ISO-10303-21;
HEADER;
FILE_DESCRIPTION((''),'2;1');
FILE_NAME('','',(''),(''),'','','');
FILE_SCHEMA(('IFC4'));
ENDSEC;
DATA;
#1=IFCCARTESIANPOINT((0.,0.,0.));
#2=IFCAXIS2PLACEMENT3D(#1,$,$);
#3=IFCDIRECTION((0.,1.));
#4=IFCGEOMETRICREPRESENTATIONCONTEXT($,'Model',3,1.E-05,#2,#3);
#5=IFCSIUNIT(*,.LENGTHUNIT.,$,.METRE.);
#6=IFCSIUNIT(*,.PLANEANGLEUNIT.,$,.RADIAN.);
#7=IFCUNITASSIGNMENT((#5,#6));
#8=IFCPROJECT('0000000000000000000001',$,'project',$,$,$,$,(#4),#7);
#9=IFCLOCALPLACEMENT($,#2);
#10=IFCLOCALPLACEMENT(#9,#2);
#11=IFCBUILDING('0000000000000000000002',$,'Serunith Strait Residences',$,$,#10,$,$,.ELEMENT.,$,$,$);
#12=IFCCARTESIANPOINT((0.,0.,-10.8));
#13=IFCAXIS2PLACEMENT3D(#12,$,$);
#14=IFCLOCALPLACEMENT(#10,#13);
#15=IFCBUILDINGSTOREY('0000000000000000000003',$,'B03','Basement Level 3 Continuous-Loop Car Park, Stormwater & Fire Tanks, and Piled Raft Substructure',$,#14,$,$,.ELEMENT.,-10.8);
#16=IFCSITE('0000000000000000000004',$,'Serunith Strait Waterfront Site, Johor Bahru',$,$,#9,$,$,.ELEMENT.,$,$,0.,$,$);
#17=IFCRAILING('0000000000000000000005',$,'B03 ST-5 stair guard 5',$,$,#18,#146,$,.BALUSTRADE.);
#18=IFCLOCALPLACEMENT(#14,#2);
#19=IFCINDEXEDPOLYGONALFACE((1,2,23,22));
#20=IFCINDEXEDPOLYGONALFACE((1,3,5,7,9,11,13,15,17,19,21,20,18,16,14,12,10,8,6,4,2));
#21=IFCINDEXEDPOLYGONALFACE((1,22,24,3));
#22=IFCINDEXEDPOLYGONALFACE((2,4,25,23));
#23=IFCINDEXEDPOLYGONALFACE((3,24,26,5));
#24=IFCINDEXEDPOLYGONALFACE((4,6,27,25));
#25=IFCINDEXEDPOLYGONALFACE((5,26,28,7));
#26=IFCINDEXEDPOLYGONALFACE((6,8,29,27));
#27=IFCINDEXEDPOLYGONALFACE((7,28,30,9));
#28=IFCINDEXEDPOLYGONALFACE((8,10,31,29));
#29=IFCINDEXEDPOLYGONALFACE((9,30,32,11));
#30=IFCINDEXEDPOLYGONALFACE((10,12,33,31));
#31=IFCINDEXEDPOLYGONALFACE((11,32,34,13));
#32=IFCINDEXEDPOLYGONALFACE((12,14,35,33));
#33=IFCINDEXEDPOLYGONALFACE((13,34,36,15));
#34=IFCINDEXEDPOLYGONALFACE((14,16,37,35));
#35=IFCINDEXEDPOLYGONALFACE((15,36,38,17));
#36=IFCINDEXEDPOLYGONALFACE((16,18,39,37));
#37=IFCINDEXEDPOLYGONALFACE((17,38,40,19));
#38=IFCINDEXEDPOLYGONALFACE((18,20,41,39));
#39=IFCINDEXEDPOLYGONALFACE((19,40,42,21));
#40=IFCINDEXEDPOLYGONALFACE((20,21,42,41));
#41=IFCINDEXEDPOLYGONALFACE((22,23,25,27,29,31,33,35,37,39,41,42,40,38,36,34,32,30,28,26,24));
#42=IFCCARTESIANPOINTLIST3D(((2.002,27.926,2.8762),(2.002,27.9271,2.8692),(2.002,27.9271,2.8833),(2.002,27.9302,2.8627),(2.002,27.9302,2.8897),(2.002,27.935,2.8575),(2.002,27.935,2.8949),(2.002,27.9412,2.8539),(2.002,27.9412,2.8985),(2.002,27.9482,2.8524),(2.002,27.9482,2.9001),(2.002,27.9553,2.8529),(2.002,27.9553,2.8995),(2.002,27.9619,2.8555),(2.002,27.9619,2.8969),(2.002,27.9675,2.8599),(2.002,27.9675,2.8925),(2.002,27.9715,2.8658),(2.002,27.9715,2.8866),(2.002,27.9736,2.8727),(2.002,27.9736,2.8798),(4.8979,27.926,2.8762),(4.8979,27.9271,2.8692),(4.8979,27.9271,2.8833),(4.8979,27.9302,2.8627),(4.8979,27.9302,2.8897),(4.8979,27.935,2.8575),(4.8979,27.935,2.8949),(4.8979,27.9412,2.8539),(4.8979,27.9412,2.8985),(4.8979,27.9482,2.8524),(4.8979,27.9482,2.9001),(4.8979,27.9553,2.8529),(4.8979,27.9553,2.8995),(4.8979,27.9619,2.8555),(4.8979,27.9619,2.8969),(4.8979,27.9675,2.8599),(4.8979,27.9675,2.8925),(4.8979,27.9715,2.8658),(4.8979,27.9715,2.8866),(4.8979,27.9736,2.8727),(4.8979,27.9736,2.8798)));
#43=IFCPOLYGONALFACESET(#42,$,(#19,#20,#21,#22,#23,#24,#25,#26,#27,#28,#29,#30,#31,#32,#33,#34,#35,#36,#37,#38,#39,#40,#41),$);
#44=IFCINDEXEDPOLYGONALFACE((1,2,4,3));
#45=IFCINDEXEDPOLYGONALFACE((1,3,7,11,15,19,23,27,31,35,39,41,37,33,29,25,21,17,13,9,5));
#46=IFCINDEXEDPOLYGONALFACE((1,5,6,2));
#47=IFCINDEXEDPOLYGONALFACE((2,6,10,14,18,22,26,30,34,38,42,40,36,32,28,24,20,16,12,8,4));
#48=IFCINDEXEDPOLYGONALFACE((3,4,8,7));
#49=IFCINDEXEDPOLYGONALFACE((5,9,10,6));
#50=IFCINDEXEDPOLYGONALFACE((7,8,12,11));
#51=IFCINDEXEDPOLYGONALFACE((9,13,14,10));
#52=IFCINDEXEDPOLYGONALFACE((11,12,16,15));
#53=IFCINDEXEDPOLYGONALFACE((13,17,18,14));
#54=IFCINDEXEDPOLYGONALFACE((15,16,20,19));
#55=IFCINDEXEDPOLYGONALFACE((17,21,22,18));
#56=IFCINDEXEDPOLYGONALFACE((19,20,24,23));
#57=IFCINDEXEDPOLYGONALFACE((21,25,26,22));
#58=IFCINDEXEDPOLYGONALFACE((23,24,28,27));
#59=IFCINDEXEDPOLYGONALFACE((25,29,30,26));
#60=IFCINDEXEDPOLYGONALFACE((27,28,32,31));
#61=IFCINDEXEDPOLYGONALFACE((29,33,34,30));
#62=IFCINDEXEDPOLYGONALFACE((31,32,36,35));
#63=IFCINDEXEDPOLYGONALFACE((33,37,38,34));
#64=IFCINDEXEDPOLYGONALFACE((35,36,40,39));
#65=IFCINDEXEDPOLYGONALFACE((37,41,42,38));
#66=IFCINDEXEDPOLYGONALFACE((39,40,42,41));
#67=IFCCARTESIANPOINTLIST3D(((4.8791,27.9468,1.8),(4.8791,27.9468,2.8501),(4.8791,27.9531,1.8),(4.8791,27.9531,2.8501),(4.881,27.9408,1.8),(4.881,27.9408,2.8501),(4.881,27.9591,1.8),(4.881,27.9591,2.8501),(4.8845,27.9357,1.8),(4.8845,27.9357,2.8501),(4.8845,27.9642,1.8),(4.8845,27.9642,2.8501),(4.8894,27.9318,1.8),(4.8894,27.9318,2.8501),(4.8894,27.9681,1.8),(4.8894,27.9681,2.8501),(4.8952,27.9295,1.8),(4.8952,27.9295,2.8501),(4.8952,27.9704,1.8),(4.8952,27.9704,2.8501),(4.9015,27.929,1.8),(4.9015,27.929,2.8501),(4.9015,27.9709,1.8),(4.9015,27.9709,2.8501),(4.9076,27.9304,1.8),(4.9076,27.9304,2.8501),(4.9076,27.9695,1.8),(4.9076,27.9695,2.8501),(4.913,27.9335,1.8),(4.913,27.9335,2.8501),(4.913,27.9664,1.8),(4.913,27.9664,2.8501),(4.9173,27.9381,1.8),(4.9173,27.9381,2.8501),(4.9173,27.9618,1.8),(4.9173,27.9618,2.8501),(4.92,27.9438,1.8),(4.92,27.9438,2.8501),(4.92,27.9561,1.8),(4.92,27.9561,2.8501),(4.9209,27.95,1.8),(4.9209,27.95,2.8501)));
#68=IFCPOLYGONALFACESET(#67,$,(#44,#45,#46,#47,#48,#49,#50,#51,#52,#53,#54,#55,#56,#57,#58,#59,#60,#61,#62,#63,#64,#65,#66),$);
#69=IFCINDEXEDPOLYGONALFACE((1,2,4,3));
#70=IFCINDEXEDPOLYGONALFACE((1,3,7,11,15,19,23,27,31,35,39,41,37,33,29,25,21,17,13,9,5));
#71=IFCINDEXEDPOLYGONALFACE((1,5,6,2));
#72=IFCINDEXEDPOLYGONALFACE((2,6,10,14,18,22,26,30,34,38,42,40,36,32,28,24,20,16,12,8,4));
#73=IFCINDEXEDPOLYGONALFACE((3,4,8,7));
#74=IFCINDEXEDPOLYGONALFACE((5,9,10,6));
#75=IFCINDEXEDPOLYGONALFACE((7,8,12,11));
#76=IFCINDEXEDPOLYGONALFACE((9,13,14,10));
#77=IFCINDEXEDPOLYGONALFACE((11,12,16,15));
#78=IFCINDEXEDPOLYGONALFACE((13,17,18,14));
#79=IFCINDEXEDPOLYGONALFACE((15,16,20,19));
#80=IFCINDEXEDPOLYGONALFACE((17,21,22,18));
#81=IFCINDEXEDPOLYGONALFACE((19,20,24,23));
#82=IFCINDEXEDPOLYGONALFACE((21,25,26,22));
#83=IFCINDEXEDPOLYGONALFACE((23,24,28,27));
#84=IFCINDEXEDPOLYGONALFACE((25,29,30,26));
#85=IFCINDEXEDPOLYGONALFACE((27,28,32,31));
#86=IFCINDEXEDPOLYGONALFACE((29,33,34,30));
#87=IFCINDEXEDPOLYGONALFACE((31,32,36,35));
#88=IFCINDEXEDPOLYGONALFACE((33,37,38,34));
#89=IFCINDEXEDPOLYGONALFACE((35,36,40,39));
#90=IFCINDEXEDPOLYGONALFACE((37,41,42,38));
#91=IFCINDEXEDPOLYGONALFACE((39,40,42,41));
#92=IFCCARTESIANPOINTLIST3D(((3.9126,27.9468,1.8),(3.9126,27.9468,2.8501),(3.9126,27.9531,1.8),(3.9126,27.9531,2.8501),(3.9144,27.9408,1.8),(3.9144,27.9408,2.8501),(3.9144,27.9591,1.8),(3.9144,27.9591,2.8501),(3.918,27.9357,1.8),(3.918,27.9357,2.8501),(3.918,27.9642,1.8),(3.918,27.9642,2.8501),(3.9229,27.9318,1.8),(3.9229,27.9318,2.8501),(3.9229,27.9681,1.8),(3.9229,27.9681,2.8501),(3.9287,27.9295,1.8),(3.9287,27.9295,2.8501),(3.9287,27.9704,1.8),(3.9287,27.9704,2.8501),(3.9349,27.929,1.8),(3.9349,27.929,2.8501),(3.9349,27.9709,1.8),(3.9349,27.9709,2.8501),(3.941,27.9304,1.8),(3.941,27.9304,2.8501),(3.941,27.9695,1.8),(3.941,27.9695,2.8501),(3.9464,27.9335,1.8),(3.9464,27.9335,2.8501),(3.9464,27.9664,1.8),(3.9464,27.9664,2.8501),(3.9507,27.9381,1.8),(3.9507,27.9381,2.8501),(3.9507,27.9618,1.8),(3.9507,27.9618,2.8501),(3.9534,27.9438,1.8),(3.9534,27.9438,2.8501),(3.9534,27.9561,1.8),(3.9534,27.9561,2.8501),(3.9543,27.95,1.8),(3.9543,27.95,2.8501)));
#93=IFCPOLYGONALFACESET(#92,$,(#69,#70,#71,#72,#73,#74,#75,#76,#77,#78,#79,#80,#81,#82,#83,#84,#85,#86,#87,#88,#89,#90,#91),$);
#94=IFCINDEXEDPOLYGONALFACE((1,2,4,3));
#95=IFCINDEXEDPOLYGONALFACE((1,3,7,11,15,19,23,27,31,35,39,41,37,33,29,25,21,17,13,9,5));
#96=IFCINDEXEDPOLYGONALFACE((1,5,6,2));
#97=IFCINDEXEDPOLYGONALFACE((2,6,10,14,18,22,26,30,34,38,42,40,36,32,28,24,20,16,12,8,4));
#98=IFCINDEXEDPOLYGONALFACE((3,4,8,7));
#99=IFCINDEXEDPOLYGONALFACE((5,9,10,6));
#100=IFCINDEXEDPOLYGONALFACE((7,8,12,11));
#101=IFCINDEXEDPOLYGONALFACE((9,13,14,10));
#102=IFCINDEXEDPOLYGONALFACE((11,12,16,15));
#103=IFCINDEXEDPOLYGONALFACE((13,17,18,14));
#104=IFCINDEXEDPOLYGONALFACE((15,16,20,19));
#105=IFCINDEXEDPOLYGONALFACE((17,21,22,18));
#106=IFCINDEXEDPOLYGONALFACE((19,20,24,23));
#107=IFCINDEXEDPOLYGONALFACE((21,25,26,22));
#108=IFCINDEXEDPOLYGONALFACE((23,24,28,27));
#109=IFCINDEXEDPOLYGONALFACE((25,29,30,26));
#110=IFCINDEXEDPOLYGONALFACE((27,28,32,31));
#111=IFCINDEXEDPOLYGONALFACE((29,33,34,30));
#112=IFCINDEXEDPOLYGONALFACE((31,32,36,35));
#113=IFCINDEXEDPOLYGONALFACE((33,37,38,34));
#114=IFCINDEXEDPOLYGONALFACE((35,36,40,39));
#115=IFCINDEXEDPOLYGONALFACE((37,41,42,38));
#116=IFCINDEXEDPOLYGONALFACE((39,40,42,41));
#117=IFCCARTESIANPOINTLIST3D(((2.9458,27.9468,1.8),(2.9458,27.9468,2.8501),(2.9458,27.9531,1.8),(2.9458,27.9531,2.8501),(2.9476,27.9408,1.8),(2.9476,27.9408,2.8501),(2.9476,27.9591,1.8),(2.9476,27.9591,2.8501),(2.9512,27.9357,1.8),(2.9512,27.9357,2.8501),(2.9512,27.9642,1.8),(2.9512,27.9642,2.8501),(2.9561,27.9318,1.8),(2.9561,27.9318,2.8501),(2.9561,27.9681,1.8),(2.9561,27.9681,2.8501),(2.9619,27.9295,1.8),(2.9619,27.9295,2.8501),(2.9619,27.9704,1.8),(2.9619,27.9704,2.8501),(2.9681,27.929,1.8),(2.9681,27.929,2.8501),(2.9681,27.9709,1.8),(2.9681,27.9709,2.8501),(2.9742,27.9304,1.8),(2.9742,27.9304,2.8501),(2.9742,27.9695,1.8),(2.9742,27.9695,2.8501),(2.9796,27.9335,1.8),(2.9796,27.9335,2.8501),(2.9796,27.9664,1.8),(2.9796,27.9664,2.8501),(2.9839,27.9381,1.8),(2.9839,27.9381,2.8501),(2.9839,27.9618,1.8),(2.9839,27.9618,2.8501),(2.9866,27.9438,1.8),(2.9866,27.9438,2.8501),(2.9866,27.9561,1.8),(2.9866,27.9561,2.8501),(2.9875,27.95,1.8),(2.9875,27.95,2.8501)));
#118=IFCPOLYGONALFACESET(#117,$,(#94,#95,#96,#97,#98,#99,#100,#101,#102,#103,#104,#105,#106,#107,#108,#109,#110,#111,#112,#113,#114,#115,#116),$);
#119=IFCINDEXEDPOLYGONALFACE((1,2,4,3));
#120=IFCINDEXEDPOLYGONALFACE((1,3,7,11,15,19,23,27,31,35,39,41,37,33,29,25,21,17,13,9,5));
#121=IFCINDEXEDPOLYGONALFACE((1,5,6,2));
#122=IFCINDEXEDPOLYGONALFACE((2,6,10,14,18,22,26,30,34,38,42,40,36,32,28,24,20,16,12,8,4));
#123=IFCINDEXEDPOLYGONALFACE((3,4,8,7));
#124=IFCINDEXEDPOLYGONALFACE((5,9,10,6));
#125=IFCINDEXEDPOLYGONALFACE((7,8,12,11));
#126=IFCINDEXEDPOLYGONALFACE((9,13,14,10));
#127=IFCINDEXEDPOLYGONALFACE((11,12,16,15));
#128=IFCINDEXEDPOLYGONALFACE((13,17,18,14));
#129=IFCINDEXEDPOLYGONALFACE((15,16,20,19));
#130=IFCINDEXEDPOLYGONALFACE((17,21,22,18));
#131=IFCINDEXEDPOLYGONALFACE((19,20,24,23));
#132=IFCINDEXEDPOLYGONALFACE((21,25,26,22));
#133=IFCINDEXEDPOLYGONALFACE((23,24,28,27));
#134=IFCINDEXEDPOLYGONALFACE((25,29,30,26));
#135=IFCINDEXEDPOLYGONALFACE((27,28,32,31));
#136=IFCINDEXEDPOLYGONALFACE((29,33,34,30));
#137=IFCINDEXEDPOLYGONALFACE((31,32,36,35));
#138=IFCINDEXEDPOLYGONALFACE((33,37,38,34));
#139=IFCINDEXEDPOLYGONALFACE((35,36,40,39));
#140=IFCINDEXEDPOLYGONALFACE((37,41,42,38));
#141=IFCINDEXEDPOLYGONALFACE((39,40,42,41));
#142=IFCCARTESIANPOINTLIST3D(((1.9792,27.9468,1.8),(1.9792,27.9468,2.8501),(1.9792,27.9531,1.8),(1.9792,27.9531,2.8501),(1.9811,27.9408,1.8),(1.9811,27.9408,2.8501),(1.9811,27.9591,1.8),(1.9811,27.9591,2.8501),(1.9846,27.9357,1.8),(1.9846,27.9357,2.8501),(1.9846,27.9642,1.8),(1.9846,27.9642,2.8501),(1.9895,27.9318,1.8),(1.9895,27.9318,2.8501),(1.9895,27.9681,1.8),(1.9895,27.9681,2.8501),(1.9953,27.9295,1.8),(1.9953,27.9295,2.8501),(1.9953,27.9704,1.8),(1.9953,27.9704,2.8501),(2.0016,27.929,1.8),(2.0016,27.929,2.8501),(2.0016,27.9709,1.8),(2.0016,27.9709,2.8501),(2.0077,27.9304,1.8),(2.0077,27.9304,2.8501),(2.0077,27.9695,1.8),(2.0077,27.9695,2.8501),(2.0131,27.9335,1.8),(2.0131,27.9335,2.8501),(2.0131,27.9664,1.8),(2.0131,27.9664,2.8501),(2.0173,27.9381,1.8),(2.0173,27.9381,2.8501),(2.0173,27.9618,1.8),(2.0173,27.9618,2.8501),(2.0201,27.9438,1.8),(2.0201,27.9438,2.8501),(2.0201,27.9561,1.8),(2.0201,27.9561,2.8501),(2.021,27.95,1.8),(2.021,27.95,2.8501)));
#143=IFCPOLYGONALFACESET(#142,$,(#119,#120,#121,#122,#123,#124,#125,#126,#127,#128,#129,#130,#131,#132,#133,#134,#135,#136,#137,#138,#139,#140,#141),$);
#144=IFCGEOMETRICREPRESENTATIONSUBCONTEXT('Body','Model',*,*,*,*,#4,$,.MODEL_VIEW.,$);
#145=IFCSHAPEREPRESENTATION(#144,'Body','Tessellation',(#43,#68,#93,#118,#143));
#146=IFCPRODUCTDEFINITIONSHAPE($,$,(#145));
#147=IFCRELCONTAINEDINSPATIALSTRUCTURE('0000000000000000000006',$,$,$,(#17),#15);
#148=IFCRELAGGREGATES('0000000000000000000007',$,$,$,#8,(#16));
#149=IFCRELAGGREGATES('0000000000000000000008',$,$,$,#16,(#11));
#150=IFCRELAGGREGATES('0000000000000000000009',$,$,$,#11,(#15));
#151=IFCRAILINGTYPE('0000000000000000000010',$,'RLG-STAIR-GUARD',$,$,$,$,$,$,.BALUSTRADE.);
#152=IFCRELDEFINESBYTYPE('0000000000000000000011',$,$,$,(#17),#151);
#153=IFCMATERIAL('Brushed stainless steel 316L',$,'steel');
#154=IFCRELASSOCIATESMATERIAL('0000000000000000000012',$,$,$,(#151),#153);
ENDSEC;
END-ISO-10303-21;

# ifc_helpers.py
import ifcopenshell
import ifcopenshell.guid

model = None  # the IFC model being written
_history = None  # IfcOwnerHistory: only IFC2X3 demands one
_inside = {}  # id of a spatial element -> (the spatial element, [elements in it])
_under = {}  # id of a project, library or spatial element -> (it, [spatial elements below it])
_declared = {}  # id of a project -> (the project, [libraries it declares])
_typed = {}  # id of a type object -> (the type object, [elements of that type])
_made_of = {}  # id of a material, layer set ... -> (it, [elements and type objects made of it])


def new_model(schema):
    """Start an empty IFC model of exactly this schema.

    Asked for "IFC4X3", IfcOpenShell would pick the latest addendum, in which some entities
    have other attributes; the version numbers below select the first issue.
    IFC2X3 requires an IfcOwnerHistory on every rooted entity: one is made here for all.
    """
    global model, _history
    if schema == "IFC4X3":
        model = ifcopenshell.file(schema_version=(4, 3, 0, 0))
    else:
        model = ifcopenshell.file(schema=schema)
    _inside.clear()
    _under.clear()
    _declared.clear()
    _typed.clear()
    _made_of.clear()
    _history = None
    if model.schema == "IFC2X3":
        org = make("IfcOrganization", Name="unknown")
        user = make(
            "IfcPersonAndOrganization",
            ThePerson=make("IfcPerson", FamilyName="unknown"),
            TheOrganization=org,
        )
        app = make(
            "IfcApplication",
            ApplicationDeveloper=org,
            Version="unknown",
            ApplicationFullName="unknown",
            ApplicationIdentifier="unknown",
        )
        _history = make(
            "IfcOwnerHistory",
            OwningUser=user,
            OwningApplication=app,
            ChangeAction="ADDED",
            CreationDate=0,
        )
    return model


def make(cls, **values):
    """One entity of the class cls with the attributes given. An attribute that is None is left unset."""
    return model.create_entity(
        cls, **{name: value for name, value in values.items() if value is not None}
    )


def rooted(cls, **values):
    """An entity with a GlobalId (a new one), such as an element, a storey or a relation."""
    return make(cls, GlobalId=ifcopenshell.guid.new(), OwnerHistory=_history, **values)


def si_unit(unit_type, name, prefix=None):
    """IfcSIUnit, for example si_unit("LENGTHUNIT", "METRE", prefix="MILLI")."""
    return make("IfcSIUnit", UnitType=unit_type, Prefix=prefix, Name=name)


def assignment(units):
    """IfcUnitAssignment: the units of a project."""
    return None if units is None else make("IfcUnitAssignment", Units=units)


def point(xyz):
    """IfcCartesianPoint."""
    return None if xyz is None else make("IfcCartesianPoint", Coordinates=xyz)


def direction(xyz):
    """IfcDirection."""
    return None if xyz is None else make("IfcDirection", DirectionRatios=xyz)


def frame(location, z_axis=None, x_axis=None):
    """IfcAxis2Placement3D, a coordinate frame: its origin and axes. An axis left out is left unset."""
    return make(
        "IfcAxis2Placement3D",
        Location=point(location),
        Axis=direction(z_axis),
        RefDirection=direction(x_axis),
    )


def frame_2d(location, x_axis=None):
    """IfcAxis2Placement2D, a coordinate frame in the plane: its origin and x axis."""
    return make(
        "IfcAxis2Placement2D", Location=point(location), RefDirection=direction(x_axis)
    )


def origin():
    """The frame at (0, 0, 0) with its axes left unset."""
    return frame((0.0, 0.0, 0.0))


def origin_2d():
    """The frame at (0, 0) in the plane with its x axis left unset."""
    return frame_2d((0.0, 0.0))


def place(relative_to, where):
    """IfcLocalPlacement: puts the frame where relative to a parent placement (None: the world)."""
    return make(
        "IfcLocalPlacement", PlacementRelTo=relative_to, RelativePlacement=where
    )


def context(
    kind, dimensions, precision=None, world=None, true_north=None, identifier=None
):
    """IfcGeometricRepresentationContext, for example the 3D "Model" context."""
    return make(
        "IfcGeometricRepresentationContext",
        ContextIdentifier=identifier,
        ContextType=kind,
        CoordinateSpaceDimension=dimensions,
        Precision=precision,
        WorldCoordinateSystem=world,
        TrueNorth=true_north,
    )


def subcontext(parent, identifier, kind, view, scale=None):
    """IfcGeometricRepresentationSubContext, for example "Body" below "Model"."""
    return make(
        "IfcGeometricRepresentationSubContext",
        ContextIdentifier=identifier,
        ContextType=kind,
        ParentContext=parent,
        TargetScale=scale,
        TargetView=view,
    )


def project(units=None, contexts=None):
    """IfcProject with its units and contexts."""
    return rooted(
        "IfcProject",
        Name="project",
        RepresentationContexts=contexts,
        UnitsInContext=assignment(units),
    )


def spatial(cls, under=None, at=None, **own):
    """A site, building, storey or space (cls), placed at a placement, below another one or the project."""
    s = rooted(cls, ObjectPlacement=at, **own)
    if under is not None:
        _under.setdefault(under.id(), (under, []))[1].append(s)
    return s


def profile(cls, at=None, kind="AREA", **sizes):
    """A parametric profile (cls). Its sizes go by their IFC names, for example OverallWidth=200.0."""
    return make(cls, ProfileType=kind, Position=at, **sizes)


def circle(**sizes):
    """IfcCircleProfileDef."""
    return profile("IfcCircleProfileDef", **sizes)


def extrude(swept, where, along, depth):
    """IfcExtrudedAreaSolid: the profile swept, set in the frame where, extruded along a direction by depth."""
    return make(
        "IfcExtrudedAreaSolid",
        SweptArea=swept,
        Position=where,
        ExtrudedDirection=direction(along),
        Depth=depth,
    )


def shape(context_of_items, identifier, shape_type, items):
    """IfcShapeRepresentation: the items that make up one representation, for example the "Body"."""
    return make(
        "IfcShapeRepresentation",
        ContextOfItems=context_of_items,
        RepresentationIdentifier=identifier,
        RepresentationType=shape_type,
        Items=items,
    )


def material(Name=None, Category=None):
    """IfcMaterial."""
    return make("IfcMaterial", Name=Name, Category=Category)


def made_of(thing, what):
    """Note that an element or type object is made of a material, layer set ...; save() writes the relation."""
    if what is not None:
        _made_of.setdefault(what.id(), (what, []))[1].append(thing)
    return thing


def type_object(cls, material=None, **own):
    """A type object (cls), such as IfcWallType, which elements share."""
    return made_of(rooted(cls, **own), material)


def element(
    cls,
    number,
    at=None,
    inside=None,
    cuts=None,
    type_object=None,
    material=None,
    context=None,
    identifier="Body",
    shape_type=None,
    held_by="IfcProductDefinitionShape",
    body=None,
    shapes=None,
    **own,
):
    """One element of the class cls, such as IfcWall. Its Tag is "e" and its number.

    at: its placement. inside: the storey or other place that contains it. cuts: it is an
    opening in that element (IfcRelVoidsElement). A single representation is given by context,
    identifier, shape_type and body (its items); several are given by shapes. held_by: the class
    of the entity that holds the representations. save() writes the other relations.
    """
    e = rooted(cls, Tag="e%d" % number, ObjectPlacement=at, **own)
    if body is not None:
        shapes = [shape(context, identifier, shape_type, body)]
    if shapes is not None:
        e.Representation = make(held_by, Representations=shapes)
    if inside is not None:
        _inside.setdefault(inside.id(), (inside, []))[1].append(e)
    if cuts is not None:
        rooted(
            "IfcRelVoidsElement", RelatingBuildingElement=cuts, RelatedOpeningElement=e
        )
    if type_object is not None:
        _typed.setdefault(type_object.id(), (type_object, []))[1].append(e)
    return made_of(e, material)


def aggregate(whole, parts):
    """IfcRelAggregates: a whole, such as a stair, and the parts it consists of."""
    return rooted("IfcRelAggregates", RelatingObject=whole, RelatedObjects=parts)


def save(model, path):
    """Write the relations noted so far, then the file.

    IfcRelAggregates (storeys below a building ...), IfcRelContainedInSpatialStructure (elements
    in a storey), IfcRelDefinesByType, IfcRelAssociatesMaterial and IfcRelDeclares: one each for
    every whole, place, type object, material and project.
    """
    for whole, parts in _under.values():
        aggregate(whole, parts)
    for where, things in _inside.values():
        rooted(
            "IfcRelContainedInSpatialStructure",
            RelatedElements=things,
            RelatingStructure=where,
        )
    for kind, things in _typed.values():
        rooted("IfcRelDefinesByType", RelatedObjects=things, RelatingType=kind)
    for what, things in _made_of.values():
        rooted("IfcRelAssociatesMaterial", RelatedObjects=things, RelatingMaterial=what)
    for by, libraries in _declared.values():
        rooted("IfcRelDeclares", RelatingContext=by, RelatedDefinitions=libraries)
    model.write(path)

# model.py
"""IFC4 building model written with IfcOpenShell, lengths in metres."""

from ifc_helpers import new_model, si_unit, direction, frame, origin, origin_2d, place, context, subcontext, project, spatial, circle, extrude, material, type_object, element, save


model = new_model("IFC4")

# Units and contexts
model_context = context("Model", 3, precision=1e-05, world=origin(), true_north=direction((0.0, 1.0)))
body_context = subcontext(model_context, "Body", "Model", "MODEL_VIEW")
ifc_project = project(units=[si_unit("LENGTHUNIT", "METRE"), si_unit("PLANEANGLEUNIT", "RADIAN")], contexts=[model_context])

# Site, building, storey
site_placement = place(None, origin())
site = spatial("IfcSite", under=ifc_project, at=site_placement, Name="Serunith Strait Waterfront Site, Johor Bahru", CompositionType="ELEMENT", RefElevation=0.0)
building_placement = place(site_placement, origin())
building = spatial("IfcBuilding", under=site, at=building_placement, Name="Serunith Strait Residences", CompositionType="ELEMENT")
storey_placement = place(building_placement, frame((0.0, 0.0, -10.8)))
storey = spatial("IfcBuildingStorey", under=building, at=storey_placement, Name="B03", Description="Basement Level 3 Continuous-Loop Car Park, Stormwater & Fire Tanks, and Piled Raft Substructure", CompositionType="ELEMENT", Elevation=-10.8)

# Railing
ifc_material_1 = material(Name="Brushed stainless steel 316L", Category="steel")
railing_type_1 = type_object("IfcRailingType", Name="RLG-STAIR-GUARD", PredefinedType="BALUSTRADE", material=ifc_material_1)
railing_1_placement = place(storey_placement, frame((4.8999, 27.95, 1.8)))
element("IfcRailing", 1, at=railing_1_placement, inside=storey, type_object=railing_type_1, Name="B03 ST-5 stair guard 5", PredefinedType="BALUSTRADE", context=body_context, shape_type="SweptSolid", body=[
    extrude(circle(Radius=0.0239, at=origin_2d()), frame((-0.002, 0.0, 1.0762), z_axis=(-1.0, 0.0, 0.0), x_axis=(0.0, -1.0, 0.0)), (0.0, 0.0, 1.0), 2.896),
    extrude(circle(Radius=0.021, at=origin_2d()), origin(), (0.0, 0.0, 1.0), 1.05),
    extrude(circle(Radius=0.021, at=origin_2d()), frame((-0.9666, 0.0, 0.0)), (0.0, 0.0, 1.0), 1.05),
    extrude(circle(Radius=0.021, at=origin_2d()), frame((-1.9333, 0.0, 0.0)), (0.0, 0.0, 1.0), 1.05),
    extrude(circle(Radius=0.021, at=origin_2d()), frame((-2.8999, 0.0, 0.0)), (0.0, 0.0, 1.0), 1.05),
])

save(model, "model.ifc")
